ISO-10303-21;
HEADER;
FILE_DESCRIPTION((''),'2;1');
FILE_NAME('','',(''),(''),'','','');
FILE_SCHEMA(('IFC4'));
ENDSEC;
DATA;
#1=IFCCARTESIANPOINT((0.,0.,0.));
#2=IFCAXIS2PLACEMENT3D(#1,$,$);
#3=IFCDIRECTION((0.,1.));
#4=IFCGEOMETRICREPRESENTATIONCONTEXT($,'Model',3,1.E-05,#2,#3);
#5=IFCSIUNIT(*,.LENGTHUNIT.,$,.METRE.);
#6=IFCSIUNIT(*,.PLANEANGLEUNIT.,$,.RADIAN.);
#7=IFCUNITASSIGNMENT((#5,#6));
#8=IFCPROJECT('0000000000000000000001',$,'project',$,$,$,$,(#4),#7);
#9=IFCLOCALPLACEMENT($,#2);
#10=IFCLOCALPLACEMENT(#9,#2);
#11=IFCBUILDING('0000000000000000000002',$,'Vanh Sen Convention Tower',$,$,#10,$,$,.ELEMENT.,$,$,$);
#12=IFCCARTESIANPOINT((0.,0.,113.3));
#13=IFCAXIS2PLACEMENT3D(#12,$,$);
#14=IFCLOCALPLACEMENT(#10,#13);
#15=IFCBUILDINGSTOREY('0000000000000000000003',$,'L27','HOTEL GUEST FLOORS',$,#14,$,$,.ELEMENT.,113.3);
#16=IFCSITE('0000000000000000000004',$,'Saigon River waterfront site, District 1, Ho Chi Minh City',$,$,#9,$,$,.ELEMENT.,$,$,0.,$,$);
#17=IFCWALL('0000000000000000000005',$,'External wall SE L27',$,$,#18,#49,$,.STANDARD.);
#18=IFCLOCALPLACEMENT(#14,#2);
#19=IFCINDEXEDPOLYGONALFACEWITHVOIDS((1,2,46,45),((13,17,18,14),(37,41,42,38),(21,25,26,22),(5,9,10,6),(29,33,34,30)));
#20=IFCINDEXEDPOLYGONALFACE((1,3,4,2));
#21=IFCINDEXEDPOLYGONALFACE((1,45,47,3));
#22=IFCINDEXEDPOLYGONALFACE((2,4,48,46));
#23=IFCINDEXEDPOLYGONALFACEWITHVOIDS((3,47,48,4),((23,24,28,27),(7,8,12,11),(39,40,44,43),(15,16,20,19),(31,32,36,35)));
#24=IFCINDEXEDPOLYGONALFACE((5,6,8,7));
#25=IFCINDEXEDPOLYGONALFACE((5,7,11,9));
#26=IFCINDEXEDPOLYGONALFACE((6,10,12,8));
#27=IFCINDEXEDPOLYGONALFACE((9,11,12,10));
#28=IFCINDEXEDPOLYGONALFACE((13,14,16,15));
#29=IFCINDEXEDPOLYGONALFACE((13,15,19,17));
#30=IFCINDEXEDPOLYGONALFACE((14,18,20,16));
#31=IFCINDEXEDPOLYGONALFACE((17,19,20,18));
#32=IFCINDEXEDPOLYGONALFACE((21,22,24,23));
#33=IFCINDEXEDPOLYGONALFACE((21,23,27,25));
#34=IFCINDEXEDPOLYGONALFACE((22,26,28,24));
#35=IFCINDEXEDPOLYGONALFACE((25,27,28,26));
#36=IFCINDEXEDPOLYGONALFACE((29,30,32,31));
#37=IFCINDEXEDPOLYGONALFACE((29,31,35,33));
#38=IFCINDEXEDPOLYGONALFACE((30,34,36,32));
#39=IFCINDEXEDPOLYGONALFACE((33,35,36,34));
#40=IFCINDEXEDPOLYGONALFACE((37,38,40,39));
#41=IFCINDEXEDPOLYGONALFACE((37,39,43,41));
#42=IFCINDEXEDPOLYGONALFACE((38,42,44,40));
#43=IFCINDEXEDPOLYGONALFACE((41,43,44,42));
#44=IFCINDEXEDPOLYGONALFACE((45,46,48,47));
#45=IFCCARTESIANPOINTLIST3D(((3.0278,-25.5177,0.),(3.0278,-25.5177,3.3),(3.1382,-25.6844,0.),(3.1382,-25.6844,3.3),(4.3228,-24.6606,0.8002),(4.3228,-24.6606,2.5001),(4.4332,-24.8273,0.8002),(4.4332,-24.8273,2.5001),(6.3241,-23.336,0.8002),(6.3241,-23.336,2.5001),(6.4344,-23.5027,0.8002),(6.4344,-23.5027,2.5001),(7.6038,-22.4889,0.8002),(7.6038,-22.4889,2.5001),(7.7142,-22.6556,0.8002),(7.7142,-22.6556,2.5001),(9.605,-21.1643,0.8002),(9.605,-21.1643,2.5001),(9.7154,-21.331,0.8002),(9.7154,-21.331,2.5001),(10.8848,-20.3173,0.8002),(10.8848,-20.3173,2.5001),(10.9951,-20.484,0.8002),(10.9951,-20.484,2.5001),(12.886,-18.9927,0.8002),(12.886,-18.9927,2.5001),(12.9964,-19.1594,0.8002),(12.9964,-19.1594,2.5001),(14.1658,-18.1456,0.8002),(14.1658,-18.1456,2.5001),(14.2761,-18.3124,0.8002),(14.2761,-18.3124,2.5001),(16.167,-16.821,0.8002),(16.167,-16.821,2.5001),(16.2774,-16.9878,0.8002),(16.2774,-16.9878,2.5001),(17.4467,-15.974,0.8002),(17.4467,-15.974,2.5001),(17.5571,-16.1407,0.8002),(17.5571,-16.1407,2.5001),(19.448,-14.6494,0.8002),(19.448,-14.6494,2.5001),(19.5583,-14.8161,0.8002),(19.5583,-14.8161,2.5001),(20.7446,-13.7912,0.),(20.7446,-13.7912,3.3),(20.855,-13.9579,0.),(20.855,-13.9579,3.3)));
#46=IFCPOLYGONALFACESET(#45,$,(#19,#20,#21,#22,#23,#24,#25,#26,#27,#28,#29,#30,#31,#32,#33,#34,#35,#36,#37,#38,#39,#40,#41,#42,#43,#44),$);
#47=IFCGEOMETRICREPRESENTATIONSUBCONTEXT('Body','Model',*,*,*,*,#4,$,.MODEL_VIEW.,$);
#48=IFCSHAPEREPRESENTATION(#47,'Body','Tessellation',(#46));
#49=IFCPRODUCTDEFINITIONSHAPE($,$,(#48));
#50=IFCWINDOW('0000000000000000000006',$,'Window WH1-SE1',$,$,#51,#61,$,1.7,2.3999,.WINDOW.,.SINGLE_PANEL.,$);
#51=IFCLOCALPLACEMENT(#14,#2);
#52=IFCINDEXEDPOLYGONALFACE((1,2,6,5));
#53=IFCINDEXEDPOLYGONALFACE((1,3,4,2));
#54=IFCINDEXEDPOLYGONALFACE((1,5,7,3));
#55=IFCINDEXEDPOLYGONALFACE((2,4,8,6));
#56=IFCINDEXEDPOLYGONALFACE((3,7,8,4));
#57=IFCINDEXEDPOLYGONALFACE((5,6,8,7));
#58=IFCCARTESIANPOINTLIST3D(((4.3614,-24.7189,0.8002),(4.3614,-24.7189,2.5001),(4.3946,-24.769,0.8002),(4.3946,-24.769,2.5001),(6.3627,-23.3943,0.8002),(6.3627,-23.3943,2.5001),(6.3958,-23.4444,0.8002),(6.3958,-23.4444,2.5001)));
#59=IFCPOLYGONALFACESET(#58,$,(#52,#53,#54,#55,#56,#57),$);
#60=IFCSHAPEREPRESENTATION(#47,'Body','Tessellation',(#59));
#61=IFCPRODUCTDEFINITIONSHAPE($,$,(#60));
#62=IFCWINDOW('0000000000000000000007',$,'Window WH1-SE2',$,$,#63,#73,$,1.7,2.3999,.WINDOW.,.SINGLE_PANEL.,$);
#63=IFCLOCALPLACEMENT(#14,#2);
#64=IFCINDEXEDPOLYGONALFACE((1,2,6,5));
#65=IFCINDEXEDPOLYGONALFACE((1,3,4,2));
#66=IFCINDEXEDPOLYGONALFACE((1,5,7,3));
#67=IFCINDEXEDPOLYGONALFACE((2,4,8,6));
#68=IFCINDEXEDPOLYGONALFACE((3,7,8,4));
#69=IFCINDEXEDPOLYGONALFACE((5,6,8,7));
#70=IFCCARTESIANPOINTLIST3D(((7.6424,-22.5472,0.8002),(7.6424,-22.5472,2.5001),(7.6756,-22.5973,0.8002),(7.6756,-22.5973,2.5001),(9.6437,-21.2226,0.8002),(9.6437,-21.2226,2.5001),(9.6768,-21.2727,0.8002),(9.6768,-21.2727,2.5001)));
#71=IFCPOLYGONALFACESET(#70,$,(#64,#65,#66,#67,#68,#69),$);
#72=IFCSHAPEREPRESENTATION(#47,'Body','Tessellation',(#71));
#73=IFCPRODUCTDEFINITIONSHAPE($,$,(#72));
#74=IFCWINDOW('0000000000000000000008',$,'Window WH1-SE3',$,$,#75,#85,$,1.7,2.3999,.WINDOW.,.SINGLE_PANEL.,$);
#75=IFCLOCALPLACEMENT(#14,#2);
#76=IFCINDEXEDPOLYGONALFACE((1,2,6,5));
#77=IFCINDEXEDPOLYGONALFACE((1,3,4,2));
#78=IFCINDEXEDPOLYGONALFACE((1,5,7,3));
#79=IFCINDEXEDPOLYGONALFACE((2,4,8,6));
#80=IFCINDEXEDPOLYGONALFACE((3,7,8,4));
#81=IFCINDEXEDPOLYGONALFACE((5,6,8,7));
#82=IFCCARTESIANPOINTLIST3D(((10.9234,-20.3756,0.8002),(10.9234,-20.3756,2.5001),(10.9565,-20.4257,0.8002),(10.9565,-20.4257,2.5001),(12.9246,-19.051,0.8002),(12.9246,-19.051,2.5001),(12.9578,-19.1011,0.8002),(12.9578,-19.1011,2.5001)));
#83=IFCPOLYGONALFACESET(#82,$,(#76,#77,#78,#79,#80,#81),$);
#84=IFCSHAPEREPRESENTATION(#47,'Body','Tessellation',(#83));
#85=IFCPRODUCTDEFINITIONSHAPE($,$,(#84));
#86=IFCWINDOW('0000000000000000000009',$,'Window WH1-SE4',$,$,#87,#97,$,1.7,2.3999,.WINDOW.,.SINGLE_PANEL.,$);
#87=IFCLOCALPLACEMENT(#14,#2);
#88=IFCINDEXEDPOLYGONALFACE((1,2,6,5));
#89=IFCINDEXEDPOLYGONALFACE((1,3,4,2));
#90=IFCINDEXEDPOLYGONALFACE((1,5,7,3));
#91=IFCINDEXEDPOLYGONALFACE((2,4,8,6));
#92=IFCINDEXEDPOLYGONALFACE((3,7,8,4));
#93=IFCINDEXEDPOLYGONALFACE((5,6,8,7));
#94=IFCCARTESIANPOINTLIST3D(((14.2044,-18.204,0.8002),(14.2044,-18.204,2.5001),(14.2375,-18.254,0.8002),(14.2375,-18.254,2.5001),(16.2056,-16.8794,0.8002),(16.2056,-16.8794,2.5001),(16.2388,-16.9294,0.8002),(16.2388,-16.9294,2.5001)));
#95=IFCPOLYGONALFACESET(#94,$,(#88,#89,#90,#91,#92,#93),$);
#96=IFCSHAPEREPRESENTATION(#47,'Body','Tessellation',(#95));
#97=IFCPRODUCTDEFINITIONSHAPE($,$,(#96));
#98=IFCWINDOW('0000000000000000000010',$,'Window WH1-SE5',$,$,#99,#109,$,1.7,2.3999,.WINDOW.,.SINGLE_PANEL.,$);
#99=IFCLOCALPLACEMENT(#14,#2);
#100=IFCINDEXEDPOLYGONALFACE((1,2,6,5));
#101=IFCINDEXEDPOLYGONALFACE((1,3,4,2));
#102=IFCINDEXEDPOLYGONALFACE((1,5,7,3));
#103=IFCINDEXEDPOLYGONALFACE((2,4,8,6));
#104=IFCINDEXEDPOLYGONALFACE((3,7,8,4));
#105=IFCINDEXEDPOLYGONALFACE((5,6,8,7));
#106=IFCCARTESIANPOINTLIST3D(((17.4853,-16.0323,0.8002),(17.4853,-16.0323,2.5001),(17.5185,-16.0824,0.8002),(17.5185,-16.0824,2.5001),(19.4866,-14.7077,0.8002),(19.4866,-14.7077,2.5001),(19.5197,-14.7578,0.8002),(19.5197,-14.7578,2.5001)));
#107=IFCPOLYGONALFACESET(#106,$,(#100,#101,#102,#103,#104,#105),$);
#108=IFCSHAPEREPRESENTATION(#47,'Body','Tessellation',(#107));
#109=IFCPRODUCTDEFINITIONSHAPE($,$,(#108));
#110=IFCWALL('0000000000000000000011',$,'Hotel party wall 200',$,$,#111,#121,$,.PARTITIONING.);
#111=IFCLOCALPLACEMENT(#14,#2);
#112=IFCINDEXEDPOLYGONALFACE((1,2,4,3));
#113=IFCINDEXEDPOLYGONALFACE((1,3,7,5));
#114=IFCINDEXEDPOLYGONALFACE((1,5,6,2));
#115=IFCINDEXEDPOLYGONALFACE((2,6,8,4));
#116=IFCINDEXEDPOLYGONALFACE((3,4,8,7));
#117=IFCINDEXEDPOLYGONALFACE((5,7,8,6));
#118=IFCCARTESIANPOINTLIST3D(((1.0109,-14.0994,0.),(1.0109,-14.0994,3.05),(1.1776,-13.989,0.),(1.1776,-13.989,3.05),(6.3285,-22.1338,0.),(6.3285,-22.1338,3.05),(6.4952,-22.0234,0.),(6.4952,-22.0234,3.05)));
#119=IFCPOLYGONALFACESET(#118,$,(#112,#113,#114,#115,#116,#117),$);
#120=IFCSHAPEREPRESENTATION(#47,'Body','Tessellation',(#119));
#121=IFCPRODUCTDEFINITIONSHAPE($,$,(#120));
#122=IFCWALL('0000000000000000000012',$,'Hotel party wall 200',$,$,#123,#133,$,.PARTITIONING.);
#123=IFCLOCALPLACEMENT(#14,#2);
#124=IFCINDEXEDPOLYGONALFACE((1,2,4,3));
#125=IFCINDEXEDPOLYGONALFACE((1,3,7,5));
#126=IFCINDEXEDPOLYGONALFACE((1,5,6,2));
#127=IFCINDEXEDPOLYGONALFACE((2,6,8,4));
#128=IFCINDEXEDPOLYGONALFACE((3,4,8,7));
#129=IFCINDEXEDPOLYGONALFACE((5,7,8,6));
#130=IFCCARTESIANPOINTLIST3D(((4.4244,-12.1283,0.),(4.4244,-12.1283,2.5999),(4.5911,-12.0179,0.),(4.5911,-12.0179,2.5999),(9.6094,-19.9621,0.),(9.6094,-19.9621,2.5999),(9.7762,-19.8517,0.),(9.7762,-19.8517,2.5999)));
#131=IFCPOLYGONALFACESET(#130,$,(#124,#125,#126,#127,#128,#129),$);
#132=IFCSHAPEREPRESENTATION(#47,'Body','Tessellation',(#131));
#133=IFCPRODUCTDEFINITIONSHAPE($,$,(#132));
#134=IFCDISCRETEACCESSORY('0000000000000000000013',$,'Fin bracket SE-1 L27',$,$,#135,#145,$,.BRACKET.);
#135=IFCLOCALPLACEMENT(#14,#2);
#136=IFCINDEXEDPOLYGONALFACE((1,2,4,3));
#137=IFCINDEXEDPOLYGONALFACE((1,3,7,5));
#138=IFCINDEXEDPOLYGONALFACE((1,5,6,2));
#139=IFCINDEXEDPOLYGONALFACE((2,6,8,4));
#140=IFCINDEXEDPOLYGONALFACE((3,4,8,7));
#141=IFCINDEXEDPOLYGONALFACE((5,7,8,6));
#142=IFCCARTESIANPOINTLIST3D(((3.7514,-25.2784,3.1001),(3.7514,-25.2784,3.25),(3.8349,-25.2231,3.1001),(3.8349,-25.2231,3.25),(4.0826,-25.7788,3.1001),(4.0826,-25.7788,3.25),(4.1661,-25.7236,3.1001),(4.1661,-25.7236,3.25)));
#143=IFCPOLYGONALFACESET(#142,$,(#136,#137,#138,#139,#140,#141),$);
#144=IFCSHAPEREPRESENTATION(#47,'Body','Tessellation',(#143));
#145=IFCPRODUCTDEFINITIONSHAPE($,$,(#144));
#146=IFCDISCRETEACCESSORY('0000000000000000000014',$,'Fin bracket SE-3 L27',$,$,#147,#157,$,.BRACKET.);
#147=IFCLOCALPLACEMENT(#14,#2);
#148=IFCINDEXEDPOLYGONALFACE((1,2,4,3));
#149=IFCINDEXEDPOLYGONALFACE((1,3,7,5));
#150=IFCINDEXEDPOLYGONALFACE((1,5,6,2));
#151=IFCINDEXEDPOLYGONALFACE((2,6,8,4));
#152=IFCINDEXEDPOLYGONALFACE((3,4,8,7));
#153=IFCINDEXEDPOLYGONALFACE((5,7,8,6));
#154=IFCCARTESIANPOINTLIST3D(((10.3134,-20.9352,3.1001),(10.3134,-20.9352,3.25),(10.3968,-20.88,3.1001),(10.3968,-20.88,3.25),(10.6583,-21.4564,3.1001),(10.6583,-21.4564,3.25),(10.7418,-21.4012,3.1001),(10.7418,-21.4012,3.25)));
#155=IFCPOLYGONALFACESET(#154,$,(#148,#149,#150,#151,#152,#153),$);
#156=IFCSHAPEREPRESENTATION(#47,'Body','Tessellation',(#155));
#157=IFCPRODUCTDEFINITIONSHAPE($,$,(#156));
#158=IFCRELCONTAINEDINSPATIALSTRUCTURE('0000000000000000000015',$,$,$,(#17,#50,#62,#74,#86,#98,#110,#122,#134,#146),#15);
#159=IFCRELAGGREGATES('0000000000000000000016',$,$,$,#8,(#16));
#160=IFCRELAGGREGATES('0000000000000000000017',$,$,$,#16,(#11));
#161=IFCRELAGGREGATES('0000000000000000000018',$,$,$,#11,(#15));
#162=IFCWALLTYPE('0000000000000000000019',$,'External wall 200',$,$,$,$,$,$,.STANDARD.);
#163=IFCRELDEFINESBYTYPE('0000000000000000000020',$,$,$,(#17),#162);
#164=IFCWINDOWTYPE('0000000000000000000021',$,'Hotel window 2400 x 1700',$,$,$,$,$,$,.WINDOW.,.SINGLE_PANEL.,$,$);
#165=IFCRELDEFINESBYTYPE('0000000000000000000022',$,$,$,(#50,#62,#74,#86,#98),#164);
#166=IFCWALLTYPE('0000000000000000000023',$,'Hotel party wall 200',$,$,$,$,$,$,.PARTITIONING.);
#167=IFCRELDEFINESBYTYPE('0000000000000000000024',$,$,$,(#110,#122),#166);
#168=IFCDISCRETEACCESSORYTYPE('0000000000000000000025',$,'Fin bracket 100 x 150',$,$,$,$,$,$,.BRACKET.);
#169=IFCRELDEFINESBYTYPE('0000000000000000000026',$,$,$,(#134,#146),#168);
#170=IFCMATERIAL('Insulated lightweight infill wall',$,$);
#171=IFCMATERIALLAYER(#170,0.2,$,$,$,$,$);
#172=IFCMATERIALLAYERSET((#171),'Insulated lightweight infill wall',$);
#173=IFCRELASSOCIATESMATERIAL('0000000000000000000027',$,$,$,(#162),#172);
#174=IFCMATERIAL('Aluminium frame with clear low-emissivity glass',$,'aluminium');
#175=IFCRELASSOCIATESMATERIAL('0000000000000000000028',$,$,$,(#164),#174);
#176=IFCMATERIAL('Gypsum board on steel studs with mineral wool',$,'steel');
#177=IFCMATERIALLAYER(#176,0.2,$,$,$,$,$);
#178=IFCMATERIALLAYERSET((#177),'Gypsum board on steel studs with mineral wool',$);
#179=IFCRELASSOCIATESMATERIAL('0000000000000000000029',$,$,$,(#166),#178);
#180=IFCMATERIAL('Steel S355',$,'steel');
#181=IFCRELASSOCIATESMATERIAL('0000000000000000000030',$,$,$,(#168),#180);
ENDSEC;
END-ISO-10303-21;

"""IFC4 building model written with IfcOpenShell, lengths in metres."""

from ifc_helpers import new_model, si_unit, direction, frame, frame_2d, origin, origin_2d, place, context, subcontext, project, spatial, rectangle, extrude, material, layer, layer_set, type_object, element, fill, save


model = new_model("IFC4")

# Units and contexts
model_context = context("Model", 3, precision=1e-05, world=origin(), true_north=direction((0.0, 1.0)))
body_context = subcontext(model_context, "Body", "Model", "MODEL_VIEW")
ifc_project = project(units=[si_unit("LENGTHUNIT", "METRE"), si_unit("PLANEANGLEUNIT", "RADIAN")], contexts=[model_context])

# Site, building, storey
site_placement = place(None, origin())
site = spatial("IfcSite", under=ifc_project, at=site_placement, Name="Saigon River waterfront site, District 1, Ho Chi Minh City", CompositionType="ELEMENT", RefElevation=0.0)
building_placement = place(site_placement, origin())
building = spatial("IfcBuilding", under=site, at=building_placement, Name="Vanh Sen Convention Tower", CompositionType="ELEMENT")
storey_placement = place(building_placement, frame((0.0, 0.0, 113.3)))
storey = spatial("IfcBuildingStorey", under=building, at=storey_placement, Name="L27", Description="HOTEL GUEST FLOORS", CompositionType="ELEMENT", Elevation=113.3)

# Wall, openings, windows
ifc_material_1 = material(Name="Insulated lightweight infill wall")
ifc_layer_1 = layer(ifc_material_1, 0.2)
ifc_layer_set_1 = layer_set([ifc_layer_1], Name="Insulated lightweight infill wall")
wall_type_1 = type_object("IfcWallType", Name="External wall 200", PredefinedType="STANDARD", material=ifc_layer_set_1)
wall_1_placement = place(storey_placement, frame((3.083, -25.6011, 0.0), z_axis=(0.0, 0.0, 1.0), x_axis=(0.833884, 0.551939, 0.0)))
wall_1 = element("IfcWall", 1, at=wall_1_placement, inside=storey, type_object=wall_type_1, Name="External wall SE L27", PredefinedType="STANDARD", context=body_context, shape_type="SweptSolid", body=[
    extrude(rectangle(XDim=21.2461, YDim=0.2, at=frame_2d((10.623, 0.0))), origin(), (0.0, 0.0, 1.0), 3.3),
])
opening_1_placement = place(wall_1_placement, frame((1.553, 0.0, 0.8)))
opening_1 = element("IfcOpeningElement", 2, at=opening_1_placement, cuts=wall_1, PredefinedType="OPENING", context=body_context, shape_type="SweptSolid", body=[
    extrude(rectangle(XDim=2.3999, YDim=1.7, at=frame_2d((1.2, 0.8501))), frame((0.0, 0.1099, 0.0), z_axis=(0.0, -1.0, 0.0), x_axis=(1.0, 0.0, 0.0)), (0.0, 0.0, 1.0), 0.22),
])
opening_2_placement = place(wall_1_placement, frame((5.4875, 0.0, 0.8)))
opening_2 = element("IfcOpeningElement", 3, at=opening_2_placement, cuts=wall_1, PredefinedType="OPENING", context=body_context, shape_type="SweptSolid", body=[
    extrude(rectangle(XDim=2.3999, YDim=1.7, at=frame_2d((1.2, 0.8501))), frame((0.0, 0.1099, 0.0), z_axis=(0.0, -1.0, 0.0), x_axis=(1.0, 0.0, 0.0)), (0.0, 0.0, 1.0), 0.22),
])
opening_3_placement = place(wall_1_placement, frame((9.4221, 0.0, 0.8)))
opening_3 = element("IfcOpeningElement", 4, at=opening_3_placement, cuts=wall_1, PredefinedType="OPENING", context=body_context, shape_type="SweptSolid", body=[
    extrude(rectangle(XDim=2.3999, YDim=1.7, at=frame_2d((1.2, 0.8501))), frame((0.0, 0.1099, 0.0), z_axis=(0.0, -1.0, 0.0), x_axis=(1.0, 0.0, 0.0)), (0.0, 0.0, 1.0), 0.22),
])
opening_4_placement = place(wall_1_placement, frame((13.3567, 0.0, 0.8)))
opening_4 = element("IfcOpeningElement", 5, at=opening_4_placement, cuts=wall_1, PredefinedType="OPENING", context=body_context, shape_type="SweptSolid", body=[
    extrude(rectangle(XDim=2.3999, YDim=1.7, at=frame_2d((1.2, 0.8501))), frame((0.0, 0.1099, 0.0), z_axis=(0.0, -1.0, 0.0), x_axis=(1.0, 0.0, 0.0)), (0.0, 0.0, 1.0), 0.22),
])
opening_5_placement = place(wall_1_placement, frame((17.2913, 0.0, 0.8)))
opening_5 = element("IfcOpeningElement", 6, at=opening_5_placement, cuts=wall_1, PredefinedType="OPENING", context=body_context, shape_type="SweptSolid", body=[
    extrude(rectangle(XDim=2.3999, YDim=1.7, at=frame_2d((1.2, 0.8501))), frame((0.0, 0.1099, 0.0), z_axis=(0.0, -1.0, 0.0), x_axis=(1.0, 0.0, 0.0)), (0.0, 0.0, 1.0), 0.22),
])
ifc_material_2 = material(Name="Aluminium frame with clear low-emissivity glass", Category="aluminium")
window_type = type_object("IfcWindowType", Name="Hotel window 2400 x 1700", PartitioningType="SINGLE_PANEL", PredefinedType="WINDOW", material=ifc_material_2)
window_1_placement = place(opening_1_placement, origin())
window_1 = element("IfcWindow", 7, at=window_1_placement, inside=storey, type_object=window_type, Name="Window WH1-SE1", OverallHeight=1.7, OverallWidth=2.3999, PartitioningType="SINGLE_PANEL", PredefinedType="WINDOW", context=body_context, shape_type="SweptSolid", body=[
    extrude(rectangle(XDim=2.3999, YDim=1.7, at=frame_2d((1.2, 0.8501))), frame((0.0, 0.03, 0.0), z_axis=(0.0, -1.0, 0.0), x_axis=(1.0, 0.0, 0.0)), (0.0, 0.0, 1.0), 0.0601),
])
fill(opening_1, window_1)
window_2_placement = place(opening_2_placement, origin())
window_2 = element("IfcWindow", 8, at=window_2_placement, inside=storey, type_object=window_type, Name="Window WH1-SE2", OverallHeight=1.7, OverallWidth=2.3999, PartitioningType="SINGLE_PANEL", PredefinedType="WINDOW", context=body_context, shape_type="SweptSolid", body=[
    extrude(rectangle(XDim=2.3999, YDim=1.7, at=frame_2d((1.2, 0.8501))), frame((0.0, 0.03, 0.0), z_axis=(0.0, -1.0, 0.0), x_axis=(1.0, 0.0, 0.0)), (0.0, 0.0, 1.0), 0.0601),
])
fill(opening_2, window_2)
window_3_placement = place(opening_3_placement, origin())
window_3 = element("IfcWindow", 9, at=window_3_placement, inside=storey, type_object=window_type, Name="Window WH1-SE3", OverallHeight=1.7, OverallWidth=2.3999, PartitioningType="SINGLE_PANEL", PredefinedType="WINDOW", context=body_context, shape_type="SweptSolid", body=[
    extrude(rectangle(XDim=2.3999, YDim=1.7, at=frame_2d((1.2, 0.8501))), frame((0.0, 0.03, 0.0), z_axis=(0.0, -1.0, 0.0), x_axis=(1.0, 0.0, 0.0)), (0.0, 0.0, 1.0), 0.0601),
])
fill(opening_3, window_3)
window_4_placement = place(opening_4_placement, origin())
window_4 = element("IfcWindow", 10, at=window_4_placement, inside=storey, type_object=window_type, Name="Window WH1-SE4", OverallHeight=1.7, OverallWidth=2.3999, PartitioningType="SINGLE_PANEL", PredefinedType="WINDOW", context=body_context, shape_type="SweptSolid", body=[
    extrude(rectangle(XDim=2.3999, YDim=1.7, at=frame_2d((1.2, 0.8501))), frame((0.0, 0.03, 0.0), z_axis=(0.0, -1.0, 0.0), x_axis=(1.0, 0.0, 0.0)), (0.0, 0.0, 1.0), 0.0601),
])
fill(opening_4, window_4)
window_5_placement = place(opening_5_placement, origin())
window_5 = element("IfcWindow", 11, at=window_5_placement, inside=storey, type_object=window_type, Name="Window WH1-SE5", OverallHeight=1.7, OverallWidth=2.3999, PartitioningType="SINGLE_PANEL", PredefinedType="WINDOW", context=body_context, shape_type="SweptSolid", body=[
    extrude(rectangle(XDim=2.3999, YDim=1.7, at=frame_2d((1.2, 0.8501))), frame((0.0, 0.03, 0.0), z_axis=(0.0, -1.0, 0.0), x_axis=(1.0, 0.0, 0.0)), (0.0, 0.0, 1.0), 0.0601),
])
fill(opening_5, window_5)

# Walls
ifc_material_3 = material(Name="Gypsum board on steel studs with mineral wool", Category="steel")
ifc_layer_2 = layer(ifc_material_3, 0.2)
ifc_layer_set_2 = layer_set([ifc_layer_2], Name="Gypsum board on steel studs with mineral wool")
wall_type_2 = type_object("IfcWallType", Name="Hotel party wall 200", PredefinedType="PARTITIONING", material=ifc_layer_set_2)
wall_2_placement = place(storey_placement, frame((6.4119, -22.0786, 0.0), z_axis=(0.0, 0.0, 1.0), x_axis=(-0.55192, 0.833897, 0.0)))
element("IfcWall", 12, at=wall_2_placement, inside=storey, type_object=wall_type_2, Name="Hotel party wall 200", PredefinedType="PARTITIONING", context=body_context, shape_type="SweptSolid", body=[
    extrude(rectangle(XDim=9.6348, YDim=0.2, at=frame_2d((4.8174, 0.0))), origin(), (0.0, 0.0, 1.0), 3.05),
])
wall_3_placement = place(storey_placement, frame((9.6929, -19.907, 0.0), z_axis=(0.0, 0.0, 1.0), x_axis=(-0.551938, 0.833885, 0.0)))
element("IfcWall", 13, at=wall_3_placement, inside=storey, type_object=wall_type_2, Name="Hotel party wall 200", PredefinedType="PARTITIONING", context=body_context, shape_type="SweptSolid", body=[
    extrude(rectangle(XDim=9.3943, YDim=0.2, at=frame_2d((4.6973, 0.0))), origin(), (0.0, 0.0, 1.0), 2.5999),
])

# Discrete accessories
ifc_material_4 = material(Name="Steel S355", Category="steel")
discrete_accessory_type = type_object("IfcDiscreteAccessoryType", Name="Fin bracket 100 x 150", PredefinedType="BRACKET", material=ifc_material_4)
discrete_accessory_1_placement = place(storey_placement, frame((3.9587, -25.501, 3.1001), z_axis=(0.0, 0.0, 1.0), x_axis=(0.551937, -0.833886, 0.0)))
element("IfcDiscreteAccessory", 14, at=discrete_accessory_1_placement, inside=storey, type_object=discrete_accessory_type, Name="Fin bracket SE-1 L27", PredefinedType="BRACKET", context=body_context, shape_type="SweptSolid", body=[
    extrude(rectangle(XDim=0.6001, YDim=0.1001, at=origin_2d()), origin(), (0.0, 0.0, 1.0), 0.1499),
])
discrete_accessory_2_placement = place(storey_placement, frame((10.5276, -21.1682, 3.1001), z_axis=(0.0, 0.0, 1.0), x_axis=(0.551937, -0.833886, 0.0)))
element("IfcDiscreteAccessory", 15, at=discrete_accessory_2_placement, inside=storey, type_object=discrete_accessory_type, Name="Fin bracket SE-3 L27", PredefinedType="BRACKET", context=body_context, shape_type="SweptSolid", body=[
    extrude(rectangle(XDim=0.625, YDim=0.1001, at=origin_2d()), origin(), (0.0, 0.0, 1.0), 0.1499),
])

save(model, "model.ifc")
